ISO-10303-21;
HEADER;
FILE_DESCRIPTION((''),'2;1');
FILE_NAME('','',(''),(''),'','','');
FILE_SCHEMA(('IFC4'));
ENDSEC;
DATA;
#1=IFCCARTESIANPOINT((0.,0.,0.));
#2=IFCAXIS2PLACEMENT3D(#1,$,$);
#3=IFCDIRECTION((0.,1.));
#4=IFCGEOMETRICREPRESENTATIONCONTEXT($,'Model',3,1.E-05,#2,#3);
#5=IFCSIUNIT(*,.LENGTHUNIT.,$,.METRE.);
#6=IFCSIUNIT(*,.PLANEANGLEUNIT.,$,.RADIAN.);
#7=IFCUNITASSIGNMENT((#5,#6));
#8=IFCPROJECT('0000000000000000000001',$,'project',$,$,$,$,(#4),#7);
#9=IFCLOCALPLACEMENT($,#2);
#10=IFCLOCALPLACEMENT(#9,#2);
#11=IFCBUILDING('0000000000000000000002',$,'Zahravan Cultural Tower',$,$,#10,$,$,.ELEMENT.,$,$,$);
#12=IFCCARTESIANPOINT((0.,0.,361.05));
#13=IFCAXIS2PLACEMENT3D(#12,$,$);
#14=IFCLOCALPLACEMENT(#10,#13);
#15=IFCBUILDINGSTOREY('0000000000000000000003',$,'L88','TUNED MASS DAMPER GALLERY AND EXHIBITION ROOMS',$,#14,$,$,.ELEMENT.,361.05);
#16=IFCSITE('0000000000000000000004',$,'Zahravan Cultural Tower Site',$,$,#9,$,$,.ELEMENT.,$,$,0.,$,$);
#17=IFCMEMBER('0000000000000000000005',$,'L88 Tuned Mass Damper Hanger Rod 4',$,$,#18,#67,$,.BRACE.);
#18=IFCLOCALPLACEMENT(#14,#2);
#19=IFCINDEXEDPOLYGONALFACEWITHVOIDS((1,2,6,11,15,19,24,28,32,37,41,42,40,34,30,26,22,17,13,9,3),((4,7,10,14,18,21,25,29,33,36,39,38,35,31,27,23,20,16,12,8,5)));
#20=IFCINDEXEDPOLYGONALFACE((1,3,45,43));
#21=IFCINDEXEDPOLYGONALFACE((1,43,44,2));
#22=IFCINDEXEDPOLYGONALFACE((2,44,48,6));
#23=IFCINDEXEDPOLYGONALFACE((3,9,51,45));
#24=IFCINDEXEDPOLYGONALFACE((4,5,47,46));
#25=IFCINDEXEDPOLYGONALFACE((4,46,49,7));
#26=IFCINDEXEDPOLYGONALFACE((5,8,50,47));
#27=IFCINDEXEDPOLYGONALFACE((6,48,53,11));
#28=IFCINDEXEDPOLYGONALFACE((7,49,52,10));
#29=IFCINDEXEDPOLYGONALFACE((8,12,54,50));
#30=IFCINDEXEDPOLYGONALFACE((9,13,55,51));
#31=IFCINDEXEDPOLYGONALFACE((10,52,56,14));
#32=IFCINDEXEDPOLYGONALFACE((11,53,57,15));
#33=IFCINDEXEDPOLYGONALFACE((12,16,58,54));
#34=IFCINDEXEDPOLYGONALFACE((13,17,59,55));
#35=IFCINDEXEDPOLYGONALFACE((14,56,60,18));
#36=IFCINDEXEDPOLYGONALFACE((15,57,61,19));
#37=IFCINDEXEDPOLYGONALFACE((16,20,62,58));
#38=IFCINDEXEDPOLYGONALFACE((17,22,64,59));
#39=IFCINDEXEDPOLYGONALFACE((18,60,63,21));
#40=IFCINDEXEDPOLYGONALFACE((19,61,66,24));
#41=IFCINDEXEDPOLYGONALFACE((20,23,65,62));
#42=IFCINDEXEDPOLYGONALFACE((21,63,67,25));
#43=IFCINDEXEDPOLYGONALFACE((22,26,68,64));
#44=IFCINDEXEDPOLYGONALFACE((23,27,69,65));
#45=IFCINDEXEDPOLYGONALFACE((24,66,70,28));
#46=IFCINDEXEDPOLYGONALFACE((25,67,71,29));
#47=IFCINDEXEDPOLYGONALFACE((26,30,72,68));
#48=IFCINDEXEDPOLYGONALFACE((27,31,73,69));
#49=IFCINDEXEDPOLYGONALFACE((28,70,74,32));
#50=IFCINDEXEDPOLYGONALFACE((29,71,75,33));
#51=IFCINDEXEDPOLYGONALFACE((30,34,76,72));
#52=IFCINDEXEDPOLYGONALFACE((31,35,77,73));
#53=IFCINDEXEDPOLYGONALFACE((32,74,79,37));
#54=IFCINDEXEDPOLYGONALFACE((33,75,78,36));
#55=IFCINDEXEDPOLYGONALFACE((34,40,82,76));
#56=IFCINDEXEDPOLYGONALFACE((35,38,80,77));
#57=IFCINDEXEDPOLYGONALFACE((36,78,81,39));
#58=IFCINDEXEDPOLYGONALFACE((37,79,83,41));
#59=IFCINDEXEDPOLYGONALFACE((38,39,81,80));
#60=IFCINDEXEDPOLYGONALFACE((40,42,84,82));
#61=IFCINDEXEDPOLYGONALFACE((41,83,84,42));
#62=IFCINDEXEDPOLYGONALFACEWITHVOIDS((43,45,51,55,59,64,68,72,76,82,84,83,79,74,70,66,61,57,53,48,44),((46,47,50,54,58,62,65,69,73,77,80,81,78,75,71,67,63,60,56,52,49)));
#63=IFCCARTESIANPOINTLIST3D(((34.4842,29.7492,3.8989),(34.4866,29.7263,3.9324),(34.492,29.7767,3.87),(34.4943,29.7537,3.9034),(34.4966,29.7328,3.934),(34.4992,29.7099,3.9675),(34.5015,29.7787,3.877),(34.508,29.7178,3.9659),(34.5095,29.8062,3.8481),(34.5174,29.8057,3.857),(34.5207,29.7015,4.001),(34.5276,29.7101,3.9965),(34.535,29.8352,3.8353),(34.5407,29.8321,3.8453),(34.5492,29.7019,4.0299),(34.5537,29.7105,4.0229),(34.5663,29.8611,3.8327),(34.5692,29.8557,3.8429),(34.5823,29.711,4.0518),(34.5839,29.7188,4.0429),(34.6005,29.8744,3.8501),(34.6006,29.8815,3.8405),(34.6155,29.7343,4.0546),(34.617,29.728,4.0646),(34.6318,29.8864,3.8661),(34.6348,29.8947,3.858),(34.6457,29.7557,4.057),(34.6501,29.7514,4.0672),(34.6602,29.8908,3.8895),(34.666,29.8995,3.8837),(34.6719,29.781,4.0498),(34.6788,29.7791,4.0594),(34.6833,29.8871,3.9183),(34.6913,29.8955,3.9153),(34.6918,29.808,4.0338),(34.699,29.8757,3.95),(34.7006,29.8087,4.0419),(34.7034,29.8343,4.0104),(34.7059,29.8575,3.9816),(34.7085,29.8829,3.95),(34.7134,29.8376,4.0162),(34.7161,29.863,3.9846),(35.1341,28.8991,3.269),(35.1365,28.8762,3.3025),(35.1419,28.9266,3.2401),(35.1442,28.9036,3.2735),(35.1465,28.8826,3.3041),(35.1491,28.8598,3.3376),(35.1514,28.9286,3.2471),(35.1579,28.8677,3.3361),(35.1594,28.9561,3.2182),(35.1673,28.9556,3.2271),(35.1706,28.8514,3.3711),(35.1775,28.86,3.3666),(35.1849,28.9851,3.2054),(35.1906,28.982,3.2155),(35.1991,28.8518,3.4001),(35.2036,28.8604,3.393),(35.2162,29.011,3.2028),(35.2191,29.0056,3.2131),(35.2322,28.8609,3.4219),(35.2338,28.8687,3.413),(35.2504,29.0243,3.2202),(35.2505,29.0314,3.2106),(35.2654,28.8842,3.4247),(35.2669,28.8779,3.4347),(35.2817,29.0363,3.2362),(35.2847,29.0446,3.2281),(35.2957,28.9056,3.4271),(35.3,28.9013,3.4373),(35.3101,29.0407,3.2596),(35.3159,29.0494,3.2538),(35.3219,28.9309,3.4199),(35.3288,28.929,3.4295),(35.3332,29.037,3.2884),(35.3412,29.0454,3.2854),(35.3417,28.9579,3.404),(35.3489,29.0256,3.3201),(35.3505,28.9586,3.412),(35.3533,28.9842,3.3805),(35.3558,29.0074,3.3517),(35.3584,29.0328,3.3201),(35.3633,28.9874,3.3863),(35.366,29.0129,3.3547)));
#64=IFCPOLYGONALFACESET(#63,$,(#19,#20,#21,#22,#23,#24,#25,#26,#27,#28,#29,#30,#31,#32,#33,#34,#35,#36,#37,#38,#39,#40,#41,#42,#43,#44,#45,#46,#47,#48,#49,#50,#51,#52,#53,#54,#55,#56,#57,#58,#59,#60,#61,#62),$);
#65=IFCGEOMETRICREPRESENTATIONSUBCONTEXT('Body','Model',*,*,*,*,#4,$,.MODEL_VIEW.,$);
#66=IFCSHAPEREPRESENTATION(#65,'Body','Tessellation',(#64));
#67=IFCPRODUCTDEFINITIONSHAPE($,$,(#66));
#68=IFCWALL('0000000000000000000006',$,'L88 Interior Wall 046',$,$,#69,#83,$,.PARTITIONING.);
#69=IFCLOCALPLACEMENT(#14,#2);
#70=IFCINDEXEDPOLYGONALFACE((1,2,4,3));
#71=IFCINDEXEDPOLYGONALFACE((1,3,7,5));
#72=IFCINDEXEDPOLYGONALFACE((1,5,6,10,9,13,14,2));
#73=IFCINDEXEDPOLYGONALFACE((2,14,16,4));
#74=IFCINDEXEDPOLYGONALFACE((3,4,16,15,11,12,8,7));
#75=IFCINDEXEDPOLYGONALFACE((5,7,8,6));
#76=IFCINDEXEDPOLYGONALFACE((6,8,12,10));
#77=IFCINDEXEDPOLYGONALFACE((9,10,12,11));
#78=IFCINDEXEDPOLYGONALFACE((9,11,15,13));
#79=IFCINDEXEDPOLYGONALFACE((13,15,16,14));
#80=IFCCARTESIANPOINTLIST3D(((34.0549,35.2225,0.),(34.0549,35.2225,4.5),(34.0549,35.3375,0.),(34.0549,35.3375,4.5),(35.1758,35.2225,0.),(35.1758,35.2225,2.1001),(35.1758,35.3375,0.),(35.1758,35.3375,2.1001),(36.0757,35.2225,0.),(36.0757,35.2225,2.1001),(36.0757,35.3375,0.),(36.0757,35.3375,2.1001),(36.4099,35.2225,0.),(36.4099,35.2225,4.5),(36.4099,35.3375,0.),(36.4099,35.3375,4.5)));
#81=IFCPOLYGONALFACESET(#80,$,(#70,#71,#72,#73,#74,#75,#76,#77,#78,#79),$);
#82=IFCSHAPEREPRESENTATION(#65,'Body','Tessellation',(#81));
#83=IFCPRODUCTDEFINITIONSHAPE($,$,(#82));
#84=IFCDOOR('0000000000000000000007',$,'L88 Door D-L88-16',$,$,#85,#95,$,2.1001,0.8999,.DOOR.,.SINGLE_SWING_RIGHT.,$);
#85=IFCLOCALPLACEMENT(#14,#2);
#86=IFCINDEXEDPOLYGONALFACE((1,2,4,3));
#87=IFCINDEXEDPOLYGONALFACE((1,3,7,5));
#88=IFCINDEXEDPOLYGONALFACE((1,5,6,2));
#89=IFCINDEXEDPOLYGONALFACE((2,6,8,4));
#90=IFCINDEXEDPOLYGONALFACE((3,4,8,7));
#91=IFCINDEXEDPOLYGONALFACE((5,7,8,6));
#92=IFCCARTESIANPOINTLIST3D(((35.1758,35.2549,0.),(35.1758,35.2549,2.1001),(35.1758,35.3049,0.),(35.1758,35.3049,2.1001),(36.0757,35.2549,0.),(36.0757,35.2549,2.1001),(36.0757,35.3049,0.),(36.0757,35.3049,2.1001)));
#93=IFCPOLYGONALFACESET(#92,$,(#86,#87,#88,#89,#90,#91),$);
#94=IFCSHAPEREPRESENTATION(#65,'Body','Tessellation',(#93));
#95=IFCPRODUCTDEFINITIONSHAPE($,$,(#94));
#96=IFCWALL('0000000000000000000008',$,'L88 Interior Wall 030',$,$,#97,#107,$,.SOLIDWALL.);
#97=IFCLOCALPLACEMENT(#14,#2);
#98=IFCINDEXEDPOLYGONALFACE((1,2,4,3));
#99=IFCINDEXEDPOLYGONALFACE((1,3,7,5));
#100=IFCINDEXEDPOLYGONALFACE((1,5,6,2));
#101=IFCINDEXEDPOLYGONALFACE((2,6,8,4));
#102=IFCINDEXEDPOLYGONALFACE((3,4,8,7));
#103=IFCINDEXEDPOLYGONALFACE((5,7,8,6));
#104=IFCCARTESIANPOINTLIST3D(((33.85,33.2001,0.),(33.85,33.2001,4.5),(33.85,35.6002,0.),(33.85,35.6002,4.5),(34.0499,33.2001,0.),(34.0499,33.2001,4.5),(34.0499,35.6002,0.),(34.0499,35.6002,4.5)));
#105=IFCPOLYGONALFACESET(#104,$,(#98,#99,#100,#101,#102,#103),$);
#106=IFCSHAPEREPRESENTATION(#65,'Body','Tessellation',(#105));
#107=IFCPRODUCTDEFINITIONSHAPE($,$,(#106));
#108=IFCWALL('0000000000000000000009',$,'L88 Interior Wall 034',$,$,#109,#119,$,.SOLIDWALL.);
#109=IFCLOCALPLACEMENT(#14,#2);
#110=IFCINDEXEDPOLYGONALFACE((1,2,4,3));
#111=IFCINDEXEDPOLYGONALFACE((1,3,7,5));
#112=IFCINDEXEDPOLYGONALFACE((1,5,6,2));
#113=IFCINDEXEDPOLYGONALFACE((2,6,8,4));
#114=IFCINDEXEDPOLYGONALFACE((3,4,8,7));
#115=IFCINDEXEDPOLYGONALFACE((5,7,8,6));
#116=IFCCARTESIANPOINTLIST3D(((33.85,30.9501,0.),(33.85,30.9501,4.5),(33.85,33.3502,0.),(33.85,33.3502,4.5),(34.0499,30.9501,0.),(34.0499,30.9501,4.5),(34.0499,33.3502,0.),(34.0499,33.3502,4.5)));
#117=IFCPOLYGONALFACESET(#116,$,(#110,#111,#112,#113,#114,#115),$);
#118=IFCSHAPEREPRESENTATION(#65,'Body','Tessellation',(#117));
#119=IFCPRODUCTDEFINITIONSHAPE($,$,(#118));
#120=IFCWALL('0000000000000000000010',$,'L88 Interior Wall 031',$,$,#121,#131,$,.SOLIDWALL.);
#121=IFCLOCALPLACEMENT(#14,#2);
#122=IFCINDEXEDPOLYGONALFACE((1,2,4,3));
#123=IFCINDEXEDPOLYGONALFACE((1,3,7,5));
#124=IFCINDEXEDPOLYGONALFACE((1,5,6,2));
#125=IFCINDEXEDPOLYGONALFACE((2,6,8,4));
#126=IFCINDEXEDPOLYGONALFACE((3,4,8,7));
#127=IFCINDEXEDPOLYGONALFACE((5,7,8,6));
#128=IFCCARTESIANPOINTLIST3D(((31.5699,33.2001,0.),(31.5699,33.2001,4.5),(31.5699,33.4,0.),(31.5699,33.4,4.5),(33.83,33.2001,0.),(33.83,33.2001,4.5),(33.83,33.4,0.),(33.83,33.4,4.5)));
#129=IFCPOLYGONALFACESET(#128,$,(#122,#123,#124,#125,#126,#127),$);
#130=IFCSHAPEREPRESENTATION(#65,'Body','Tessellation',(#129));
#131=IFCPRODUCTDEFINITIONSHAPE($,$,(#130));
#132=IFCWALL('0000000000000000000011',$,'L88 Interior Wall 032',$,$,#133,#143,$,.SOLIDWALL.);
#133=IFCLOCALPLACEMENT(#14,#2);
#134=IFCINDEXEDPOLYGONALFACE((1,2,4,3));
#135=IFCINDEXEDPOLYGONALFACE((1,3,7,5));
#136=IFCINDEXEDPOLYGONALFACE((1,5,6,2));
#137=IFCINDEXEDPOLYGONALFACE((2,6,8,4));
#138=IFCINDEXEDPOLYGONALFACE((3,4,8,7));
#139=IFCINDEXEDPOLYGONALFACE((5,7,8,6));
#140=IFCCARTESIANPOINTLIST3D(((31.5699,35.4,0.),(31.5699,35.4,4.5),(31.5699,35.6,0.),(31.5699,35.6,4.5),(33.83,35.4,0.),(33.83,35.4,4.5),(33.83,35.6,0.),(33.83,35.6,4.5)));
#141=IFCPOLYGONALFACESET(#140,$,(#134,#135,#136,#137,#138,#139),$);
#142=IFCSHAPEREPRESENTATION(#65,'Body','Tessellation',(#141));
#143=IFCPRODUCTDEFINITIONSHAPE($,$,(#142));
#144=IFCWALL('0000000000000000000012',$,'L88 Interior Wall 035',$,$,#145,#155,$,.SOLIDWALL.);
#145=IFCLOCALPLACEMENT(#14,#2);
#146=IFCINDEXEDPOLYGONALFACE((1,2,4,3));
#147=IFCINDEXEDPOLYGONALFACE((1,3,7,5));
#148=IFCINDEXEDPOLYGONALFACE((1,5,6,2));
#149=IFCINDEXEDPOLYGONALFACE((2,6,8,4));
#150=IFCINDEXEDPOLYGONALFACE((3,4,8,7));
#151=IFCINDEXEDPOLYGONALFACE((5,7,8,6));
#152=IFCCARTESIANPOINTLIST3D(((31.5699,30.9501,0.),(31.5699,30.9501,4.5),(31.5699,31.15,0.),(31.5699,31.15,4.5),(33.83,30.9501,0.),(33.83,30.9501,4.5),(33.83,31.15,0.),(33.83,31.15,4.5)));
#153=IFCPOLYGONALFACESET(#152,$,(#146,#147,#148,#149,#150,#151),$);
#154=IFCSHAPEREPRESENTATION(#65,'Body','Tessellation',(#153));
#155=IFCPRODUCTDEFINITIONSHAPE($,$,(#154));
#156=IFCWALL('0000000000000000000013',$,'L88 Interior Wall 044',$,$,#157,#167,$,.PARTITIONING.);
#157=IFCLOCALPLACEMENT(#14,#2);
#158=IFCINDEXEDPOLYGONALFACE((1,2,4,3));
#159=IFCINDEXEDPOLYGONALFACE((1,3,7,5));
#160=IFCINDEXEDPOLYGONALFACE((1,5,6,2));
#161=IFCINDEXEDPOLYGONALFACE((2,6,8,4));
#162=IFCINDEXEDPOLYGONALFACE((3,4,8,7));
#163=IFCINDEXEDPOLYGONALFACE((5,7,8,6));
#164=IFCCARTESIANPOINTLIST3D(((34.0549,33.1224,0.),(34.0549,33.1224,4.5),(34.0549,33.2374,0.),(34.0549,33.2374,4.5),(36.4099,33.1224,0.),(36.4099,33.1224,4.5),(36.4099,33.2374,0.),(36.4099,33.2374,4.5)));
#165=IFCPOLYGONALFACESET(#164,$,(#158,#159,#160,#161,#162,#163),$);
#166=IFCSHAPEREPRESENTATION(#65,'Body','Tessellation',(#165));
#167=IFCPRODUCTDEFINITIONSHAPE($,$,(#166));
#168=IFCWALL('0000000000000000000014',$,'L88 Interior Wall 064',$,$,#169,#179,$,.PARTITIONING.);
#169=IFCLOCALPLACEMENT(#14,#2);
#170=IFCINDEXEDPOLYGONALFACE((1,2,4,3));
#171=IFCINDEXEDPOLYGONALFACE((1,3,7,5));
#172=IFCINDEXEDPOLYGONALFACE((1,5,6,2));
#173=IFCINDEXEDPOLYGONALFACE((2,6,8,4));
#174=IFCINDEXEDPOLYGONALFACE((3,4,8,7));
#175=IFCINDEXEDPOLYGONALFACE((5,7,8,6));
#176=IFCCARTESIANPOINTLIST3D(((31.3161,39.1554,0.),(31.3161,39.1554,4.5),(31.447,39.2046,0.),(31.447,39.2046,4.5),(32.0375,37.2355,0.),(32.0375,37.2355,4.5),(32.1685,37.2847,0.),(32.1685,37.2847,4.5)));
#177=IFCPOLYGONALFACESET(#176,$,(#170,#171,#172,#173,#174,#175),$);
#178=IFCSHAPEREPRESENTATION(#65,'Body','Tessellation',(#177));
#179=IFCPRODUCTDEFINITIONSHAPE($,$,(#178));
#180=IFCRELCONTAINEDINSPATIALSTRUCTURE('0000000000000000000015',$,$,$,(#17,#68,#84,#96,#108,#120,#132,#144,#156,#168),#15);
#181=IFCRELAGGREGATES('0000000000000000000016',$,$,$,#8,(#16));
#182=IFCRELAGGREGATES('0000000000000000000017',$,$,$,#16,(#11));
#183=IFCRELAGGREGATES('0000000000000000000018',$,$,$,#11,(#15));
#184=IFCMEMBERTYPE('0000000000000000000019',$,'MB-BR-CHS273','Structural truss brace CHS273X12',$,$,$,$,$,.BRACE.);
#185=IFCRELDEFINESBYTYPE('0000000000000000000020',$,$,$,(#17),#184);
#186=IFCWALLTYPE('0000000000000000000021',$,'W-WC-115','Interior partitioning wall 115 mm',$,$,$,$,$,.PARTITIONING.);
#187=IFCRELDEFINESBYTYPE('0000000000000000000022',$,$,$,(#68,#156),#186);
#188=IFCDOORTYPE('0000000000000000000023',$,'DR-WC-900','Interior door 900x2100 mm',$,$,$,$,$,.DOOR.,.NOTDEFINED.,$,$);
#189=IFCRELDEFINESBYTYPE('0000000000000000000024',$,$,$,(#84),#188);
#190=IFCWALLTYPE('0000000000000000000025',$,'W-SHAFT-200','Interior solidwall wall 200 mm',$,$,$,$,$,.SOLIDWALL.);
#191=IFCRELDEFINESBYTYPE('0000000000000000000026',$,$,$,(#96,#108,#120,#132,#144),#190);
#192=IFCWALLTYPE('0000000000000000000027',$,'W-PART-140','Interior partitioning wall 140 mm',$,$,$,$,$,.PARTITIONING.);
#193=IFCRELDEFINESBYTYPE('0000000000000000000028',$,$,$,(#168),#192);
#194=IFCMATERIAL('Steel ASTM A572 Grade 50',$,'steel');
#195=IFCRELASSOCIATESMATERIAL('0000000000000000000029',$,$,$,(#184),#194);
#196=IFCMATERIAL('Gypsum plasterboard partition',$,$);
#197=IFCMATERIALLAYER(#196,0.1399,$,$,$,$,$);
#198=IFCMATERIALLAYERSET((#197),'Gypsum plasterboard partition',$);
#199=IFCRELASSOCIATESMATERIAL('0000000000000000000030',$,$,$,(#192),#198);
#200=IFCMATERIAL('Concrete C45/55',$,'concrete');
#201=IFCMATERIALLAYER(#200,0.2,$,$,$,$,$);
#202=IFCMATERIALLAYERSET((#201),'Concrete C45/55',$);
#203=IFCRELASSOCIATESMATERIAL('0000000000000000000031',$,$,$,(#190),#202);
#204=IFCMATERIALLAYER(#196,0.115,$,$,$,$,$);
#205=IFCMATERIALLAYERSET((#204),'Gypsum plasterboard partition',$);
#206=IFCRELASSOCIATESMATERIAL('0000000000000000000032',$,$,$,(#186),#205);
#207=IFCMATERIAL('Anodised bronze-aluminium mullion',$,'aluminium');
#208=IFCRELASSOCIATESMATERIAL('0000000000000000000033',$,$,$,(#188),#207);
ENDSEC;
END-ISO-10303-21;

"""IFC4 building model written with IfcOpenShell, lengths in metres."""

from ifc_helpers import new_model, si_unit, direction, frame, frame_2d, origin, origin_2d, place, context, subcontext, project, spatial, rectangle, hollow_circle, extrude, source, transform, mapped, material, layer, layer_set, material_profile, profile_set, type_object, element, fill, save


model = new_model("IFC4")

# Units and contexts
model_context = context("Model", 3, precision=1e-05, world=origin(), true_north=direction((0.0, 1.0)))
body_context = subcontext(model_context, "Body", "Model", "MODEL_VIEW")
ifc_project = project(units=[si_unit("LENGTHUNIT", "METRE"), si_unit("PLANEANGLEUNIT", "RADIAN")], contexts=[model_context])

# Site, building, storey
site_placement = place(None, origin())
site = spatial("IfcSite", under=ifc_project, at=site_placement, Name="Zahravan Cultural Tower Site", CompositionType="ELEMENT", RefElevation=0.0)
building_placement = place(site_placement, origin())
building = spatial("IfcBuilding", under=site, at=building_placement, Name="Zahravan Cultural Tower", CompositionType="ELEMENT")
storey_placement = place(building_placement, frame((0.0, 0.0, 361.05)))
storey = spatial("IfcBuildingStorey", under=building, at=storey_placement, Name="L88", Description="TUNED MASS DAMPER GALLERY AND EXHIBITION ROOMS", CompositionType="ELEMENT", Elevation=361.05)

# Shared definitions
ifc_material_1 = material(Name="Steel ASTM A572 Grade 50", Category="steel")

# Member
ifc_material_profile_1 = material_profile(ifc_material_1, hollow_circle(Radius=0.1365, WallThickness=0.012, at=origin_2d()), Name="CHS273X12")
ifc_profile_set_1 = profile_set([ifc_material_profile_1], Name="Steel ASTM A572 Grade 50")
member_type_1 = type_object("IfcMemberType", Name="MB-BR-CHS273", Description="Structural truss brace CHS273X12", PredefinedType="BRACE", material=ifc_profile_set_1)
shared_shape_1 = source(origin(), body_context, "Body", "SweptSolid", [
    extrude(hollow_circle(Radius=0.1365, WallThickness=0.012, at=origin_2d()), origin(), (0.0, 0.0, 1.0), 1.2417),
])
member_1_placement = place(storey_placement, frame((34.6001, 29.8, 3.95), z_axis=(0.523402, -0.68463, -0.507279), x_axis=(0.794436, 0.607348, 0.0)))
element("IfcMember", 1, at=member_1_placement, inside=storey, type_object=member_type_1, Name="L88 Tuned Mass Damper Hanger Rod 4", PredefinedType="BRACE", context=body_context, shape_type="MappedRepresentation", body=[
    mapped(shared_shape_1, transform((0.0, 0.0, 0.0), x_axis=(1.0, 0.0, 0.0), y_axis=(0.0, 1.0, 0.0), z_axis=(0.0, 0.0, 1.0), scale=1.0)),
])

# Wall, opening, door
ifc_material_2 = material(Name="Gypsum plasterboard partition")
ifc_layer_1 = layer(ifc_material_2, 0.1399)
ifc_layer_set_1 = layer_set([ifc_layer_1], Name="Gypsum plasterboard partition")
wall_type_1 = type_object("IfcWallType", Name="W-PART-140", Description="Interior partitioning wall 140 mm", PredefinedType="PARTITIONING", material=ifc_layer_set_1)
ifc_material_3 = material(Name="Anodised bronze-aluminium mullion", Category="aluminium")
ifc_material_4 = material(Name="Concrete C45/55", Category="concrete")
ifc_layer_2 = layer(ifc_material_4, 0.2)
ifc_layer_set_2 = layer_set([ifc_layer_2], Name="Concrete C45/55")
wall_type_2 = type_object("IfcWallType", Name="W-SHAFT-200", Description="Interior solidwall wall 200 mm", PredefinedType="SOLIDWALL", material=ifc_layer_set_2)
ifc_layer_3 = layer(ifc_material_2, 0.115)
ifc_layer_set_3 = layer_set([ifc_layer_3], Name="Gypsum plasterboard partition")
wall_type_3 = type_object("IfcWallType", Name="W-WC-115", Description="Interior partitioning wall 115 mm", PredefinedType="PARTITIONING", material=ifc_layer_set_3)
wall_1_placement = place(storey_placement, frame((34.0549, 35.28, 0.0), z_axis=(0.0, 0.0, 1.0), x_axis=(1.0, 0.0, 0.0)))
wall_1 = element("IfcWall", 2, at=wall_1_placement, inside=storey, type_object=wall_type_3, Name="L88 Interior Wall 046", PredefinedType="PARTITIONING", context=body_context, shape_type="SweptSolid", body=[
    extrude(rectangle(XDim=2.355, YDim=0.115, at=frame_2d((1.1775, 0.0))), origin(), (0.0, 0.0, 1.0), 4.5),
])
opening_1_placement = place(wall_1_placement, frame((1.1208, 0.0, 0.0)))
opening_1 = element("IfcOpeningElement", 3, at=opening_1_placement, cuts=wall_1, PredefinedType="OPENING", context=body_context, shape_type="SweptSolid", body=[
    extrude(rectangle(XDim=0.8999, YDim=2.1001, at=frame_2d((0.45, 1.05))), frame((0.0, 0.0674, 0.0), z_axis=(0.0, -1.0, 0.0), x_axis=(1.0, 0.0, 0.0)), (0.0, 0.0, 1.0), 0.135),
])
door_type_1 = type_object("IfcDoorType", Name="DR-WC-900", Description="Interior door 900x2100 mm", OperationType="NOTDEFINED", PredefinedType="DOOR", material=ifc_material_3)
shared_shape_2 = source(origin(), body_context, "Body", "SweptSolid", [
    extrude(rectangle(XDim=0.8999, YDim=2.1001, at=frame_2d((0.45, 1.05))), frame((0.0, 0.0249, 0.0), z_axis=(0.0, -1.0, 0.0), x_axis=(1.0, 0.0, 0.0)), (0.0, 0.0, 1.0), 0.05),
])
door_1_placement = place(opening_1_placement, origin())
door_1 = element("IfcDoor", 4, at=door_1_placement, inside=storey, type_object=door_type_1, Name="L88 Door D-L88-16", OperationType="SINGLE_SWING_RIGHT", OverallHeight=2.1001, OverallWidth=0.8999, PredefinedType="DOOR", context=body_context, shape_type="MappedRepresentation", body=[
    mapped(shared_shape_2, transform((0.0, 0.0, 0.0), x_axis=(1.0, 0.0, 0.0), y_axis=(0.0, 1.0, 0.0), z_axis=(0.0, 0.0, 1.0), scale=1.0)),
])
fill(opening_1, door_1)

# Walls
shared_shape_3 = source(origin(), body_context, "Body", "SweptSolid", [
    extrude(rectangle(XDim=2.4001, YDim=0.2, at=frame_2d((1.2002, 0.0))), origin(), (0.0, 0.0, 1.0), 4.5),
])
for number, where, z_axis, x_axis, name in (
    (5, (33.95, 33.2, 0.0), (0.0, 0.0, 1.0), (0.0, 1.0, 0.0), "L88 Interior Wall 030"),
    (6, (33.95, 30.95, 0.0), (0.0, 0.0, 1.0), (0.0, 1.0, 0.0), "L88 Interior Wall 034"),
):
    element("IfcWall", number, at=place(storey_placement, frame(where, z_axis=z_axis, x_axis=x_axis)), inside=storey, type_object=wall_type_2, Name=name, PredefinedType="SOLIDWALL", context=body_context, shape_type="MappedRepresentation", body=[
        mapped(shared_shape_3, transform((0.0, 0.0, 0.0), x_axis=(1.0, 0.0, 0.0), y_axis=(0.0, 1.0, 0.0), z_axis=(0.0, 0.0, 1.0), scale=1.0)),
    ])
shared_shape_4 = source(origin(), body_context, "Body", "SweptSolid", [
    extrude(rectangle(XDim=2.26, YDim=0.2, at=frame_2d((1.1299, 0.0))), origin(), (0.0, 0.0, 1.0), 4.5),
])
for number, where, z_axis, x_axis, name in (
    (7, (31.5701, 33.3, 0.0), (0.0, 0.0, 1.0), (1.0, 0.0, 0.0), "L88 Interior Wall 031"),
    (8, (31.5701, 35.5, 0.0), (0.0, 0.0, 1.0), (1.0, 0.0, 0.0), "L88 Interior Wall 032"),
    (9, (31.5701, 31.05, 0.0), (0.0, 0.0, 1.0), (1.0, 0.0, 0.0), "L88 Interior Wall 035"),
):
    element("IfcWall", number, at=place(storey_placement, frame(where, z_axis=z_axis, x_axis=x_axis)), inside=storey, type_object=wall_type_2, Name=name, PredefinedType="SOLIDWALL", context=body_context, shape_type="MappedRepresentation", body=[
        mapped(shared_shape_4, transform((0.0, 0.0, 0.0), x_axis=(1.0, 0.0, 0.0), y_axis=(0.0, 1.0, 0.0), z_axis=(0.0, 0.0, 1.0), scale=1.0)),
    ])
shared_shape_5 = source(origin(), body_context, "Body", "SweptSolid", [
    extrude(rectangle(XDim=2.355, YDim=0.115, at=frame_2d((1.1775, 0.0))), origin(), (0.0, 0.0, 1.0), 4.5),
])
wall_2_placement = place(storey_placement, frame((34.0549, 33.1799, 0.0), z_axis=(0.0, 0.0, 1.0), x_axis=(1.0, 0.0, 0.0)))
element("IfcWall", 10, at=wall_2_placement, inside=storey, type_object=wall_type_3, Name="L88 Interior Wall 044", PredefinedType="PARTITIONING", context=body_context, shape_type="MappedRepresentation", body=[
    mapped(shared_shape_5, transform((0.0, 0.0, 0.0), x_axis=(1.0, 0.0, 0.0), y_axis=(0.0, 1.0, 0.0), z_axis=(0.0, 0.0, 1.0), scale=1.0)),
])
shared_shape_6 = source(origin(), body_context, "Body", "SweptSolid", [
    extrude(rectangle(XDim=2.051, YDim=0.1399, at=frame_2d((1.0254, 0.0))), origin(), (0.0, 0.0, 1.0), 4.5),
])
wall_3_placement = place(storey_placement, frame((31.3816, 39.1799, 0.0), z_axis=(0.0, 0.0, 1.0), x_axis=(0.35175, -0.936094, 0.0)))
element("IfcWall", 11, at=wall_3_placement, inside=storey, type_object=wall_type_1, Name="L88 Interior Wall 064", PredefinedType="PARTITIONING", context=body_context, shape_type="MappedRepresentation", body=[
    mapped(shared_shape_6, transform((0.0, 0.0, 0.0), x_axis=(1.0, 0.0, 0.0), y_axis=(0.0, 1.0, 0.0), z_axis=(0.0, 0.0, 1.0), scale=1.0)),
])

save(model, "model.ifc")
